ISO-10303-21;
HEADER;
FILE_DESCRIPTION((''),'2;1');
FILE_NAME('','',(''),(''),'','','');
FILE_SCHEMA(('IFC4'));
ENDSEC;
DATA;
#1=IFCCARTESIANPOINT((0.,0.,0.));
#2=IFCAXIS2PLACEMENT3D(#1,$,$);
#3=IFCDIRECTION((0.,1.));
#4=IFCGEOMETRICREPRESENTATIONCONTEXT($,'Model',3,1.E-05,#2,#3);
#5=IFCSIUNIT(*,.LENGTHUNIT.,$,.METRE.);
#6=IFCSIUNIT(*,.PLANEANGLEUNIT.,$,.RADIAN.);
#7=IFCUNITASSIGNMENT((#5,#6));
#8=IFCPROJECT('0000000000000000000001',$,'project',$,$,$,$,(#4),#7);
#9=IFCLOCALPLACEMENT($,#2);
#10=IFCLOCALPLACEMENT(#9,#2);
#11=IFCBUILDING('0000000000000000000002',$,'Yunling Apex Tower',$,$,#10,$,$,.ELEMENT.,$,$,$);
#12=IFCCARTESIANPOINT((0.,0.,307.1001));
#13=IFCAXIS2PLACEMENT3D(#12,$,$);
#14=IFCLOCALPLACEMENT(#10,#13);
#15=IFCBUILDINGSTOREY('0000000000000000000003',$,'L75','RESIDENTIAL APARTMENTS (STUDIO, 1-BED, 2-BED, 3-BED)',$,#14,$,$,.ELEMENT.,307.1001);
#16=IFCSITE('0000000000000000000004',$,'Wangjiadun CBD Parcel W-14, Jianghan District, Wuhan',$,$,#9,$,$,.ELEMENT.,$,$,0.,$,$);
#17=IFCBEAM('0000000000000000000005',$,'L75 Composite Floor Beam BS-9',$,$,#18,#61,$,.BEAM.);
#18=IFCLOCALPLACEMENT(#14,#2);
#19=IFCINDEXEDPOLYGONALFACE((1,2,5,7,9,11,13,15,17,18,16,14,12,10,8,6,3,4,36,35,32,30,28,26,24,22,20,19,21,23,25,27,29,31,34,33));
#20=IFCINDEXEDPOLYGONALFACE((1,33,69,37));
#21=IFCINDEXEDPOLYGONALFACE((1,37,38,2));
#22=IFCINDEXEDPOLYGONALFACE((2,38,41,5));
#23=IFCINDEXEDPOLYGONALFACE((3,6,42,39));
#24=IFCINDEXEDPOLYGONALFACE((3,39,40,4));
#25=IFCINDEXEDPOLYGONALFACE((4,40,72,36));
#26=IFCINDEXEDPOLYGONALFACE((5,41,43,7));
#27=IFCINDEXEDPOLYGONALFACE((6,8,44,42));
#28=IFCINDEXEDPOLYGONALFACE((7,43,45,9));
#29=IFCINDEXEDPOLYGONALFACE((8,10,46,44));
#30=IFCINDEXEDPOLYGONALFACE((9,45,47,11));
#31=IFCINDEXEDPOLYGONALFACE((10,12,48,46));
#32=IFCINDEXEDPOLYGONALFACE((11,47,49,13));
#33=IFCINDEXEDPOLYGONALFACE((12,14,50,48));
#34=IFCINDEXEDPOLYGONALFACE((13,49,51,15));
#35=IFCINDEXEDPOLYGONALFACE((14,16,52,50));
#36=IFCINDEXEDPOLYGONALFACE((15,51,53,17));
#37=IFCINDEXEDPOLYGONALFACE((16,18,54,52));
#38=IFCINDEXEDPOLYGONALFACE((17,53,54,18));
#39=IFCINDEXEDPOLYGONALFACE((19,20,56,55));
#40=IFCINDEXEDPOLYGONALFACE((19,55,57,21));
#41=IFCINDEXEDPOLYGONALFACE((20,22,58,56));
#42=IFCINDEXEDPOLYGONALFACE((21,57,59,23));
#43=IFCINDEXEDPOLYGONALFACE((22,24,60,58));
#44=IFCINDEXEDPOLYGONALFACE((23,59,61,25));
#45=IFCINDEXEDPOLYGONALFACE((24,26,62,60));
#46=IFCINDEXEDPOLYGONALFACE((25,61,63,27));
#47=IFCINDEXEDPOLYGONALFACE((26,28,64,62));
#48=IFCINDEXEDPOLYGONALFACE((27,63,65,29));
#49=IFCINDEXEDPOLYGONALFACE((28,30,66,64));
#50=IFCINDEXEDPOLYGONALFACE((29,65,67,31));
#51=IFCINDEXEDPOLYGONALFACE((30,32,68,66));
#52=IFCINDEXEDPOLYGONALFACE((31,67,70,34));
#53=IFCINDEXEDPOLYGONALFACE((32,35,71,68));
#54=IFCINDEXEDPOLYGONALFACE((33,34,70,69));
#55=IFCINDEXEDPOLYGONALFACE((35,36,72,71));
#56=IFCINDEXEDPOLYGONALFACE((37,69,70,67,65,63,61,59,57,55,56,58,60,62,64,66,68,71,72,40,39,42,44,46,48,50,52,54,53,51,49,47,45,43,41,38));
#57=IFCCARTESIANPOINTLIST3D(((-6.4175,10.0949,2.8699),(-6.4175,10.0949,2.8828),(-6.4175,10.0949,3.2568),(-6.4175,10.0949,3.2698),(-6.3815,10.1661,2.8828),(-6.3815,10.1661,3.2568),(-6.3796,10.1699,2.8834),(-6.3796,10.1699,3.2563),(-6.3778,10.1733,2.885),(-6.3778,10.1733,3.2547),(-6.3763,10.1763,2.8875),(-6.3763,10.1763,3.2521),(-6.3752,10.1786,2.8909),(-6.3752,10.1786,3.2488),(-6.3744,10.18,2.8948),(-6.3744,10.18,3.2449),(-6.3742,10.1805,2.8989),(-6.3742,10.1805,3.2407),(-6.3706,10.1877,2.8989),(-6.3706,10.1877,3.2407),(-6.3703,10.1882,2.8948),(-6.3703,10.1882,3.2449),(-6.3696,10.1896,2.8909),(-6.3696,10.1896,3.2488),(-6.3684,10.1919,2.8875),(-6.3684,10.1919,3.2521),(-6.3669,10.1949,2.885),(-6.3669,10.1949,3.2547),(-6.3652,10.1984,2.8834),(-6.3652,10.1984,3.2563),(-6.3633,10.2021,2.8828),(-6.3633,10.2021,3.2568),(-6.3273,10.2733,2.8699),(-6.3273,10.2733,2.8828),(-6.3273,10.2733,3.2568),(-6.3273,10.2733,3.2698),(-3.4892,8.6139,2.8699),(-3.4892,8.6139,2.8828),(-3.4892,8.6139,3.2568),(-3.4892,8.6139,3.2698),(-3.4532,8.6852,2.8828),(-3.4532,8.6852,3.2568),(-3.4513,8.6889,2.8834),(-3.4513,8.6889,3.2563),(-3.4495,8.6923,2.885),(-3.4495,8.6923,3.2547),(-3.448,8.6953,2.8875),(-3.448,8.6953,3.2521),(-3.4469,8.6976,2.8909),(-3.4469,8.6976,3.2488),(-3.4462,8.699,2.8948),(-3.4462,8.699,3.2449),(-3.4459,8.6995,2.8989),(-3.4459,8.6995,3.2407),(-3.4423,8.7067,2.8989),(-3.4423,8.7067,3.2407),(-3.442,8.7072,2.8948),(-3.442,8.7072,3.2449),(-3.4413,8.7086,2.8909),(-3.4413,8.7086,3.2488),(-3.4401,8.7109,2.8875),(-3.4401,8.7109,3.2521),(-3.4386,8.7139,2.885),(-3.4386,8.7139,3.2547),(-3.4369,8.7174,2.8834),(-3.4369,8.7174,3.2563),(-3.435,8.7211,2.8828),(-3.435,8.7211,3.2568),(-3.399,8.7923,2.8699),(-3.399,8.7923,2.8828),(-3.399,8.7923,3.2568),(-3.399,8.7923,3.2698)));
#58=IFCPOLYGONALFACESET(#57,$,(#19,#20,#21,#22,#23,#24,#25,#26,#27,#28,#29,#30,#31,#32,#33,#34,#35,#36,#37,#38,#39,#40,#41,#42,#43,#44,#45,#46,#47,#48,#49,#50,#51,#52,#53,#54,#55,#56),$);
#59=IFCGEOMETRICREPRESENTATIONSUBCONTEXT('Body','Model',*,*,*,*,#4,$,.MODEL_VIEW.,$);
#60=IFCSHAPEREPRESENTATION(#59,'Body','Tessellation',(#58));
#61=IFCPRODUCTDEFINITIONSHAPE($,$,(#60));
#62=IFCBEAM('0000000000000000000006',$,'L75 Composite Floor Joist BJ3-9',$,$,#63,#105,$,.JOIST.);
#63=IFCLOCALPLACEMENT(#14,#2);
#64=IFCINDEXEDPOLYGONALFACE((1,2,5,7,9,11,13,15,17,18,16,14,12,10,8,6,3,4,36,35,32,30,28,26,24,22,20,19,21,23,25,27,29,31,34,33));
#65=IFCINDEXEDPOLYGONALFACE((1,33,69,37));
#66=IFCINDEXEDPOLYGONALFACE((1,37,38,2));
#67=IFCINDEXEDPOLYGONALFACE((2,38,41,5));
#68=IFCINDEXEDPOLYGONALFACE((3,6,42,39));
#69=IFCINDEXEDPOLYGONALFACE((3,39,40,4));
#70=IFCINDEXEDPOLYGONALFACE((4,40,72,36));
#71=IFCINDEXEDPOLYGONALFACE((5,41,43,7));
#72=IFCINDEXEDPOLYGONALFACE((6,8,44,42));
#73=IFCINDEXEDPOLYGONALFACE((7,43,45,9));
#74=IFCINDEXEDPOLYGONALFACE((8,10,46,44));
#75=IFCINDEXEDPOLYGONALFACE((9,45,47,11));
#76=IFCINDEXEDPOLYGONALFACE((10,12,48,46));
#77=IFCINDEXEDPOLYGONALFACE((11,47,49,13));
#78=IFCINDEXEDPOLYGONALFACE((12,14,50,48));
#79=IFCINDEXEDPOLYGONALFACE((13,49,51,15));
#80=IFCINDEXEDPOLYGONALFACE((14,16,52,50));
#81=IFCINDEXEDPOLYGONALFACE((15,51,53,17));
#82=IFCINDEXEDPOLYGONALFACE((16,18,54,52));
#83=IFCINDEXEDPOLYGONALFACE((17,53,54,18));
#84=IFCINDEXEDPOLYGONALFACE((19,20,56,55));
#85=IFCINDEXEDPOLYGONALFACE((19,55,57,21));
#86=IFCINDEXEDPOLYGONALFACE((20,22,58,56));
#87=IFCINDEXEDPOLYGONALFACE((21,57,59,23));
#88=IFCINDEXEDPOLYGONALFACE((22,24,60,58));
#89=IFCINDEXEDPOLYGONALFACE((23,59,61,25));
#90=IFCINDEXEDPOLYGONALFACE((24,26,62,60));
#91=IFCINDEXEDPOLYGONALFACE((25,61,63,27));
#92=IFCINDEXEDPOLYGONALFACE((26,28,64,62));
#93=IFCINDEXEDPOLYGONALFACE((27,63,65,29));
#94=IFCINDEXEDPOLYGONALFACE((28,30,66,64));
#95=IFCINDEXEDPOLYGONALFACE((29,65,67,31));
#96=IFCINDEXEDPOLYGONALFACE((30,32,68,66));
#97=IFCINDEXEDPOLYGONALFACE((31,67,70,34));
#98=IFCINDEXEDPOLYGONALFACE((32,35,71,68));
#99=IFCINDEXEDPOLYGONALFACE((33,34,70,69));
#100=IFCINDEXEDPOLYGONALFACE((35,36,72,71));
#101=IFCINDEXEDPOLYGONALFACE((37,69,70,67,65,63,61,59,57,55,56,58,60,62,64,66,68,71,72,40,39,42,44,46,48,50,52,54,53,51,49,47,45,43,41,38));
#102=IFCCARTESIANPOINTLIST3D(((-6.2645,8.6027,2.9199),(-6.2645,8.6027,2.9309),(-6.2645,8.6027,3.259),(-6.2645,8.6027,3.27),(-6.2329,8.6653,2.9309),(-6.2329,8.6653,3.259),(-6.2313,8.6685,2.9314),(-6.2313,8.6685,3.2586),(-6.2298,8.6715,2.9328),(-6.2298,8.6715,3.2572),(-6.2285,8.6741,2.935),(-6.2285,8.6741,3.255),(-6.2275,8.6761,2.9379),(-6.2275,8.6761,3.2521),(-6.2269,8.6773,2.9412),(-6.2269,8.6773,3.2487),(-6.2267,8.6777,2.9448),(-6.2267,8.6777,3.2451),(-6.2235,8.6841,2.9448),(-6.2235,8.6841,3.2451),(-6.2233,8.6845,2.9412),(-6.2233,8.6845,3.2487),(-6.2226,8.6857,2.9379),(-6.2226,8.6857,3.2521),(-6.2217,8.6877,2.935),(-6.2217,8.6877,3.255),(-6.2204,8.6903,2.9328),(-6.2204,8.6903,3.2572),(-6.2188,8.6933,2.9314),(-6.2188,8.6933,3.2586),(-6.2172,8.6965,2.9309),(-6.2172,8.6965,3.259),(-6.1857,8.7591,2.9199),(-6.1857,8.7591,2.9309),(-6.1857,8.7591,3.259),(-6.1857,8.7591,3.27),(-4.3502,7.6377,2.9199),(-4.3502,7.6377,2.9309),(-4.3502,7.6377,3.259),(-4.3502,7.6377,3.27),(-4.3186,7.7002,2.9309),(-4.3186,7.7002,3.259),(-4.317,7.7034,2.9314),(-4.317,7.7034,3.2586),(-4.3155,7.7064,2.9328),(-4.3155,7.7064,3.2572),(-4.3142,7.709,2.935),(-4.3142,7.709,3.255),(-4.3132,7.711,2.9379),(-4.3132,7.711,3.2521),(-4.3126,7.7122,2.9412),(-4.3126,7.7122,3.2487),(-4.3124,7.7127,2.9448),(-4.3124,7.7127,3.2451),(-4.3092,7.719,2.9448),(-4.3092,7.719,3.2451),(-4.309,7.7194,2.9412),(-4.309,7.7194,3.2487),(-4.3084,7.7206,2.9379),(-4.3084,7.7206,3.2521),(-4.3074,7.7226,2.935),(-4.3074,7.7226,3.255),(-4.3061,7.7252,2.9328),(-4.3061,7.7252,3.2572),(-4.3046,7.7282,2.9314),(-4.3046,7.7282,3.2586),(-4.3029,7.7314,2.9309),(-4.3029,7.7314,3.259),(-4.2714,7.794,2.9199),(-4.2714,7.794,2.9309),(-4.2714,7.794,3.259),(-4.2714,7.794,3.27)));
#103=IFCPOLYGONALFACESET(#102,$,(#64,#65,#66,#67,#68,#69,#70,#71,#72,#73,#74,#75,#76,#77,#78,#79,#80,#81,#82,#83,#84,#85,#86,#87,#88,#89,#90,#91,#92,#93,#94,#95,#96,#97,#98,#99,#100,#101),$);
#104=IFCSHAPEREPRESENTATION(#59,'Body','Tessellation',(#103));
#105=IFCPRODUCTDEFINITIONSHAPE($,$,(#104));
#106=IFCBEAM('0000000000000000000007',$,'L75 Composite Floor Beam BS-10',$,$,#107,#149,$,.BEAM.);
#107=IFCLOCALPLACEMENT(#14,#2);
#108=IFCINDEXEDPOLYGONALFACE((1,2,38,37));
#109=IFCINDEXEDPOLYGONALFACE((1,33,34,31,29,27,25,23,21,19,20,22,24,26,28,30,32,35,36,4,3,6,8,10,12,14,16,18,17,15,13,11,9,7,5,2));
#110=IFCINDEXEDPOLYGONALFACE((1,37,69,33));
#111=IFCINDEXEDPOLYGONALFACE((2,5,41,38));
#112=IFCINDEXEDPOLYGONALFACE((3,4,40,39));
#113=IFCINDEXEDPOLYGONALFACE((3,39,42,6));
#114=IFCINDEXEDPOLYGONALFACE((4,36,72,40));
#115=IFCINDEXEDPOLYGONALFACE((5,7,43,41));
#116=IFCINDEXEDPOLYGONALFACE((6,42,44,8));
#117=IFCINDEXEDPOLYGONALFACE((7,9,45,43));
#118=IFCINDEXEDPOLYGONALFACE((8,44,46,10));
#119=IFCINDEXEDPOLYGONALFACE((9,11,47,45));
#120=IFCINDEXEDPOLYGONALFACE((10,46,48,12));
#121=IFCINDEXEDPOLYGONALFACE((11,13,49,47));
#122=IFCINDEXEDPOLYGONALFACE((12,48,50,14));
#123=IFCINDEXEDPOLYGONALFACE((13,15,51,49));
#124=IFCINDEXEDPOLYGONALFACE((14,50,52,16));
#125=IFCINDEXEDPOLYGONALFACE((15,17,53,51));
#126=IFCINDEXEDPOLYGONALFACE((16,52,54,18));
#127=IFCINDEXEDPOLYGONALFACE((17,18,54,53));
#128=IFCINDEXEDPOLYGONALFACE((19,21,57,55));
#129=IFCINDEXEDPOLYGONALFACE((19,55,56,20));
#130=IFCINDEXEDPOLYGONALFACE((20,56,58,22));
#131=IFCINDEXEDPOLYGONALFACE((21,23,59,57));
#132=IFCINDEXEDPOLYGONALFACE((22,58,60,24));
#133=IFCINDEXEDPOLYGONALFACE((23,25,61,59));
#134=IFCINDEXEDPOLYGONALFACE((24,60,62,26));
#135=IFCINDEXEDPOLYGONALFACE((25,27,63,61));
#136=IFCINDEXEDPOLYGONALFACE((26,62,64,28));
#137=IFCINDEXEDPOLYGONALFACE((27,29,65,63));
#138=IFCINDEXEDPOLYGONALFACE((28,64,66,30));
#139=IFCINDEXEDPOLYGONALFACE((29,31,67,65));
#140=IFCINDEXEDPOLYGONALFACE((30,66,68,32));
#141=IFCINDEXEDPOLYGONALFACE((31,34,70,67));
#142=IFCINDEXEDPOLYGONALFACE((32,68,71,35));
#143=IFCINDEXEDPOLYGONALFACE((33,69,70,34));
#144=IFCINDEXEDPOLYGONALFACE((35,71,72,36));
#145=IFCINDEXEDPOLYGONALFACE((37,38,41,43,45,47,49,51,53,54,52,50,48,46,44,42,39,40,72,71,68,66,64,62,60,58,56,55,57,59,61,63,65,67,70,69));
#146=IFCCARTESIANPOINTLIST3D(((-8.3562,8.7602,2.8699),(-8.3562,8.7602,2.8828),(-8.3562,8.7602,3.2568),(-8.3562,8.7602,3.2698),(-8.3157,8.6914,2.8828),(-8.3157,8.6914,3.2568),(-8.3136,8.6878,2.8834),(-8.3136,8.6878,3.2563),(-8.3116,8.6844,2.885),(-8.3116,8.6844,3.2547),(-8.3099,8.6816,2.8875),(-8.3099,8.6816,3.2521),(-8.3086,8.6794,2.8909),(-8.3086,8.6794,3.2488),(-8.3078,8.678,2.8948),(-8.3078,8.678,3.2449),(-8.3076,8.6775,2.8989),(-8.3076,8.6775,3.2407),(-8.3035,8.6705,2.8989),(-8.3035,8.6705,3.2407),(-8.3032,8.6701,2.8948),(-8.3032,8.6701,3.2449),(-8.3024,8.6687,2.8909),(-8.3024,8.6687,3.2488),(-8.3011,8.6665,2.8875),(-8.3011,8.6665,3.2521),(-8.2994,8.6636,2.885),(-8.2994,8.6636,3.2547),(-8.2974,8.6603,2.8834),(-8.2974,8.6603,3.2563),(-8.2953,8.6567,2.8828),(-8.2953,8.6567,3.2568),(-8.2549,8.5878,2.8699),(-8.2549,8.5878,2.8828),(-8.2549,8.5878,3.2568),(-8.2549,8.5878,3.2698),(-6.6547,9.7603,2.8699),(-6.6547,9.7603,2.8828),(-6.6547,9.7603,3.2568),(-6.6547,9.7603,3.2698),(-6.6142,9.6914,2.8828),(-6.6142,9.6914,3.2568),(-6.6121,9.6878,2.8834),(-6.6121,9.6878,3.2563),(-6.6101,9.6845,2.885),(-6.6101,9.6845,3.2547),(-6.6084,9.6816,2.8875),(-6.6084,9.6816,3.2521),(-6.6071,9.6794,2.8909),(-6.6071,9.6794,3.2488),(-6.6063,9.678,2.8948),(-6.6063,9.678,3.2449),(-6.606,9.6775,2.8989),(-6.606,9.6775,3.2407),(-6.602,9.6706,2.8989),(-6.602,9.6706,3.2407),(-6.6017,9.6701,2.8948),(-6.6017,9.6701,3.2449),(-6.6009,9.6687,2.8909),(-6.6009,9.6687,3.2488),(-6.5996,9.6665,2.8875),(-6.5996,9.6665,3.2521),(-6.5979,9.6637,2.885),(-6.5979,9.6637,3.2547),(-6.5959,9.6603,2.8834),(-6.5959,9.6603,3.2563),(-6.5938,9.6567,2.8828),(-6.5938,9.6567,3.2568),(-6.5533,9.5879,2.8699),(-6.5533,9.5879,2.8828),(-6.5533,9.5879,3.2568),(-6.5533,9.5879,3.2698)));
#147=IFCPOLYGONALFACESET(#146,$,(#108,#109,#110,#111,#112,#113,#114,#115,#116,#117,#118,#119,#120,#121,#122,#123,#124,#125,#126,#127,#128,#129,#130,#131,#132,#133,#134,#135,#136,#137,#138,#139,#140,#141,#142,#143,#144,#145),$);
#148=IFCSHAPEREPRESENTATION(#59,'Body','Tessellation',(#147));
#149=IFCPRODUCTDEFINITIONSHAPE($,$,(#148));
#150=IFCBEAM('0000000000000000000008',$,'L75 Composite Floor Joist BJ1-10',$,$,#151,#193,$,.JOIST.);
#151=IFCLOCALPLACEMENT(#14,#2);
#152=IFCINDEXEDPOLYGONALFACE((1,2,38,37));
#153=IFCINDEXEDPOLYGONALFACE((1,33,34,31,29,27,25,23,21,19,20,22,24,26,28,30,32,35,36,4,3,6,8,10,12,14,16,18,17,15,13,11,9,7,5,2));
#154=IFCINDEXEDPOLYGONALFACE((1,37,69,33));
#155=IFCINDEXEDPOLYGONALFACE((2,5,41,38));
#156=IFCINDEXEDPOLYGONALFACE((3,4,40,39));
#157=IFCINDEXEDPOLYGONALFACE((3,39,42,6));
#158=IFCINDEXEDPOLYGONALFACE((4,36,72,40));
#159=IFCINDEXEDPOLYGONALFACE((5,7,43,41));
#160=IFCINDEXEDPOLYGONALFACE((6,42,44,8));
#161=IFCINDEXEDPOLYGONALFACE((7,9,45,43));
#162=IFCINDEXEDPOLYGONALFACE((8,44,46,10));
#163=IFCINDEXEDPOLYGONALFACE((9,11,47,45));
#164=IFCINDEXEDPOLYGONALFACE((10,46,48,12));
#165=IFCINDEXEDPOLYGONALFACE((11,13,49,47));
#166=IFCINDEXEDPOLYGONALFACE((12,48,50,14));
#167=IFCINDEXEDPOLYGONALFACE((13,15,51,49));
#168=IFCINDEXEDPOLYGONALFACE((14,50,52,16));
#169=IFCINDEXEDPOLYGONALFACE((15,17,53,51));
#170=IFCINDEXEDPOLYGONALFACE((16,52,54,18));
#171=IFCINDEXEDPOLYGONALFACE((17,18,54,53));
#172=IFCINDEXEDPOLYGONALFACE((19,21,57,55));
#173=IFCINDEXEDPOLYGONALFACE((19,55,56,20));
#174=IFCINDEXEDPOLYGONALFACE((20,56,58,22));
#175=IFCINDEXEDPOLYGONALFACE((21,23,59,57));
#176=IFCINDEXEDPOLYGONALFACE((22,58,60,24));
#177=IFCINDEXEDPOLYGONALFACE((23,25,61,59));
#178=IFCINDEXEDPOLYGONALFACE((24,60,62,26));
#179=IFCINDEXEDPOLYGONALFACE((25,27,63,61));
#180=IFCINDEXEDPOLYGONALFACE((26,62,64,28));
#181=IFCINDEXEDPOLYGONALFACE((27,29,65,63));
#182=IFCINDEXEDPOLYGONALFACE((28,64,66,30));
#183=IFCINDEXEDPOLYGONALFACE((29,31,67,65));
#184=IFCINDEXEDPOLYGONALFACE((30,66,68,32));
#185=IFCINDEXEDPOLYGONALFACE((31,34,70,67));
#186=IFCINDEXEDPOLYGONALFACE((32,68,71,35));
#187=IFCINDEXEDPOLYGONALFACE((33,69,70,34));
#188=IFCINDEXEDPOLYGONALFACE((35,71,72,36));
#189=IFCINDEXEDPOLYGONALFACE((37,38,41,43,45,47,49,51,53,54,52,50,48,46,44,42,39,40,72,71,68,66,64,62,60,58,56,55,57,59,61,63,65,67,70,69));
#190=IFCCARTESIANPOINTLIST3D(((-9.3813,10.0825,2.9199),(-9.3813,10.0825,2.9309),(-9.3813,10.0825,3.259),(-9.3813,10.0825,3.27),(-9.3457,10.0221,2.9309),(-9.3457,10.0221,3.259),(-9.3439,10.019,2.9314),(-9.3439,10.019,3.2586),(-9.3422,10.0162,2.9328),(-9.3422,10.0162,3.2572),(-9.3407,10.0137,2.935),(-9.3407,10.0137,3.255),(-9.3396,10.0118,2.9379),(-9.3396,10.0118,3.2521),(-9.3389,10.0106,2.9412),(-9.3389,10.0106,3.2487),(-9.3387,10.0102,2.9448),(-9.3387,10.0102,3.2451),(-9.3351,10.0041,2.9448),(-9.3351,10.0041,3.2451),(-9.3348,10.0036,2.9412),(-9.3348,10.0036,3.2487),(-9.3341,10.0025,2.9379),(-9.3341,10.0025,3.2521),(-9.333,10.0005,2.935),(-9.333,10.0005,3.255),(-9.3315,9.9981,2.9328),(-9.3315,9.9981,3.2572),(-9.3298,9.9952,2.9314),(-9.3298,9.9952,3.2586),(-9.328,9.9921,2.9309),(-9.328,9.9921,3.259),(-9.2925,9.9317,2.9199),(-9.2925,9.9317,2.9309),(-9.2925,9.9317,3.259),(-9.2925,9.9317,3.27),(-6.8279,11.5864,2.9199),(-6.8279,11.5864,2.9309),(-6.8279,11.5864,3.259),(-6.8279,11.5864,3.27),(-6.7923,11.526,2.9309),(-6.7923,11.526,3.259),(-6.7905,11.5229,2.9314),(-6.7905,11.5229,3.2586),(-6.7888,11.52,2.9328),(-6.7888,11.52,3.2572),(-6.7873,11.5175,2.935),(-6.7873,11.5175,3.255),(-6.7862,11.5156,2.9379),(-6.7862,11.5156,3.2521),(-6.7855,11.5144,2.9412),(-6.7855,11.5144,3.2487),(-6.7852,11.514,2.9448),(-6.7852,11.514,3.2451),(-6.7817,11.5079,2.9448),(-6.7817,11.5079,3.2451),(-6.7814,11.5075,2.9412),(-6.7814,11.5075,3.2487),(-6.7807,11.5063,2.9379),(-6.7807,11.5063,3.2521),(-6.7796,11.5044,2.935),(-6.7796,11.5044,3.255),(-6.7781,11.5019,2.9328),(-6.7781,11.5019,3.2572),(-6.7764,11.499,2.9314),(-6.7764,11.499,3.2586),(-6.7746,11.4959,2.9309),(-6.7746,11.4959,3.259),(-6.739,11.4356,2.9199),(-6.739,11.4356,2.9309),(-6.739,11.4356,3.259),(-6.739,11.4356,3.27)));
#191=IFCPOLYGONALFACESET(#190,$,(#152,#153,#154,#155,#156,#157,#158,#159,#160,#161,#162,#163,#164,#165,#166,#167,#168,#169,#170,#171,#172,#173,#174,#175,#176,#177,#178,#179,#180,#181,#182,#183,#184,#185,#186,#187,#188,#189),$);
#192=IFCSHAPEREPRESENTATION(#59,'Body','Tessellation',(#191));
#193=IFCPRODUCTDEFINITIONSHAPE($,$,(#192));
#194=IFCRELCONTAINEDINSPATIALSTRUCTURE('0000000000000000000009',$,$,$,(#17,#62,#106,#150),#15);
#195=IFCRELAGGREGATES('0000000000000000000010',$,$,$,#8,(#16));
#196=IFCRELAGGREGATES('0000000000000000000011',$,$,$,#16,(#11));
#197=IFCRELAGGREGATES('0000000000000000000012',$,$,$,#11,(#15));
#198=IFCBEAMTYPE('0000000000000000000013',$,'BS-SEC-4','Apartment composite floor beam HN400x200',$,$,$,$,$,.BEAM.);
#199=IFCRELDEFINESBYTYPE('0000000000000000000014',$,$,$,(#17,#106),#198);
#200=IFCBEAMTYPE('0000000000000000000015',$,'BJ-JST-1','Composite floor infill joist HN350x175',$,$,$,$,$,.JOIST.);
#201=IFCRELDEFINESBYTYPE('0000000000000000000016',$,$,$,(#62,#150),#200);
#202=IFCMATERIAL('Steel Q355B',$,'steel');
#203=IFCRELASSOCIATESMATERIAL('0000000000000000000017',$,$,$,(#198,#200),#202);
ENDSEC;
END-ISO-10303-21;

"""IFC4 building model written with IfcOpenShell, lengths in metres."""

from ifc_helpers import new_model, si_unit, direction, frame, origin, origin_2d, place, context, subcontext, project, spatial, i_section, extrude, source, transform, mapped, material, material_profile, profile_set, type_object, element, save


model = new_model("IFC4")

# Units and contexts
model_context = context("Model", 3, precision=1e-05, world=origin(), true_north=direction((0.0, 1.0)))
body_context = subcontext(model_context, "Body", "Model", "MODEL_VIEW")
ifc_project = project(units=[si_unit("LENGTHUNIT", "METRE"), si_unit("PLANEANGLEUNIT", "RADIAN")], contexts=[model_context])

# Site, building, storey
site_placement = place(None, origin())
site = spatial("IfcSite", under=ifc_project, at=site_placement, Name="Wangjiadun CBD Parcel W-14, Jianghan District, Wuhan", CompositionType="ELEMENT", RefElevation=0.0)
building_placement = place(site_placement, origin())
building = spatial("IfcBuilding", under=site, at=building_placement, Name="Yunling Apex Tower", CompositionType="ELEMENT")
storey_placement = place(building_placement, frame((0.0, 0.0, 307.1001)))
storey = spatial("IfcBuildingStorey", under=building, at=storey_placement, Name="L75", Description="RESIDENTIAL APARTMENTS (STUDIO, 1-BED, 2-BED, 3-BED)", CompositionType="ELEMENT", Elevation=307.1001)

# Shared definitions
ifc_material_1 = material(Name="Steel Q355B", Category="steel")

# Beams
ifc_material_profile_1 = material_profile(ifc_material_1, i_section(OverallWidth=0.2, OverallDepth=0.3999, WebThickness=0.0081, FlangeThickness=0.0129, FilletRadius=0.0161, at=origin_2d()))
ifc_profile_set_1 = profile_set([ifc_material_profile_1], Name="Steel Q355B")
beam_type_1 = type_object("IfcBeamType", Name="BS-SEC-4", Description="Apartment composite floor beam HN400x200", PredefinedType="BEAM", material=ifc_profile_set_1)
shared_shape_1 = source(origin(), body_context, "Body", "SweptSolid", [
    extrude(i_section(OverallWidth=0.2, OverallDepth=0.3999, WebThickness=0.0081, FlangeThickness=0.0129, FilletRadius=0.0161, at=origin_2d()), origin(), (0.0, 0.0, 1.0), 3.2815),
])
beam_1_placement = place(storey_placement, frame((-3.4441, 8.7031, 3.0698), z_axis=(-0.892364, 0.451316, 0.0), x_axis=(-0.451316, -0.892364, 0.0)))
element("IfcBeam", 1, at=beam_1_placement, inside=storey, type_object=beam_type_1, Name="L75 Composite Floor Beam BS-9", PredefinedType="BEAM", context=body_context, shape_type="MappedRepresentation", body=[
    mapped(shared_shape_1, transform((0.0, 0.0, 0.0), scale=1.0)),
])
ifc_material_profile_2 = material_profile(ifc_material_1, i_section(OverallWidth=0.175, OverallDepth=0.3501, WebThickness=0.0071, FlangeThickness=0.011, FilletRadius=0.0139, at=origin_2d()))
ifc_profile_set_2 = profile_set([ifc_material_profile_2], Name="Steel Q355B")
beam_type_2 = type_object("IfcBeamType", Name="BJ-JST-1", Description="Composite floor infill joist HN350x175", PredefinedType="JOIST", material=ifc_profile_set_2)
shared_shape_2 = source(origin(), body_context, "Body", "SweptSolid", [
    extrude(i_section(OverallWidth=0.175, OverallDepth=0.3501, WebThickness=0.0071, FlangeThickness=0.011, FilletRadius=0.0139, at=origin_2d()), origin(), (0.0, 0.0, 1.0), 2.1438),
])
beam_2_placement = place(storey_placement, frame((-4.3108, 7.7158, 3.095), z_axis=(-0.892942, 0.450172, 0.0), x_axis=(-0.450172, -0.892942, 0.0)))
element("IfcBeam", 2, at=beam_2_placement, inside=storey, type_object=beam_type_2, Name="L75 Composite Floor Joist BJ3-9", PredefinedType="JOIST", context=body_context, shape_type="MappedRepresentation", body=[
    mapped(shared_shape_2, transform((0.0, 0.0, 0.0), scale=1.0)),
])
shared_shape_3 = source(origin(), body_context, "Body", "SweptSolid", [
    extrude(i_section(OverallWidth=0.2, OverallDepth=0.3999, WebThickness=0.0081, FlangeThickness=0.0129, FilletRadius=0.0161, at=origin_2d()), origin(), (0.0, 0.0, 1.0), 1.9736),
])
beam_3_placement = place(storey_placement, frame((-6.604, 9.6741, 3.0698), z_axis=(-0.862119, -0.506707, 0.0), x_axis=(0.506707, -0.862119, 0.0)))
element("IfcBeam", 3, at=beam_3_placement, inside=storey, type_object=beam_type_1, Name="L75 Composite Floor Beam BS-10", PredefinedType="BEAM", context=body_context, shape_type="MappedRepresentation", body=[
    mapped(shared_shape_3, transform((0.0, 0.0, 0.0), scale=1.0)),
])
shared_shape_4 = source(origin(), body_context, "Body", "SweptSolid", [
    extrude(i_section(OverallWidth=0.175, OverallDepth=0.3501, WebThickness=0.0071, FlangeThickness=0.011, FilletRadius=0.0139, at=origin_2d()), origin(), (0.0, 0.0, 1.0), 2.9634),
])
beam_4_placement = place(storey_placement, frame((-6.7834, 11.511, 3.095), z_axis=(-0.861659, -0.507488, 0.0), x_axis=(0.507488, -0.861659, 0.0)))
element("IfcBeam", 4, at=beam_4_placement, inside=storey, type_object=beam_type_2, Name="L75 Composite Floor Joist BJ1-10", PredefinedType="JOIST", context=body_context, shape_type="MappedRepresentation", body=[
    mapped(shared_shape_4, transform((0.0, 0.0, 0.0), scale=1.0)),
])

save(model, "model.ifc")
